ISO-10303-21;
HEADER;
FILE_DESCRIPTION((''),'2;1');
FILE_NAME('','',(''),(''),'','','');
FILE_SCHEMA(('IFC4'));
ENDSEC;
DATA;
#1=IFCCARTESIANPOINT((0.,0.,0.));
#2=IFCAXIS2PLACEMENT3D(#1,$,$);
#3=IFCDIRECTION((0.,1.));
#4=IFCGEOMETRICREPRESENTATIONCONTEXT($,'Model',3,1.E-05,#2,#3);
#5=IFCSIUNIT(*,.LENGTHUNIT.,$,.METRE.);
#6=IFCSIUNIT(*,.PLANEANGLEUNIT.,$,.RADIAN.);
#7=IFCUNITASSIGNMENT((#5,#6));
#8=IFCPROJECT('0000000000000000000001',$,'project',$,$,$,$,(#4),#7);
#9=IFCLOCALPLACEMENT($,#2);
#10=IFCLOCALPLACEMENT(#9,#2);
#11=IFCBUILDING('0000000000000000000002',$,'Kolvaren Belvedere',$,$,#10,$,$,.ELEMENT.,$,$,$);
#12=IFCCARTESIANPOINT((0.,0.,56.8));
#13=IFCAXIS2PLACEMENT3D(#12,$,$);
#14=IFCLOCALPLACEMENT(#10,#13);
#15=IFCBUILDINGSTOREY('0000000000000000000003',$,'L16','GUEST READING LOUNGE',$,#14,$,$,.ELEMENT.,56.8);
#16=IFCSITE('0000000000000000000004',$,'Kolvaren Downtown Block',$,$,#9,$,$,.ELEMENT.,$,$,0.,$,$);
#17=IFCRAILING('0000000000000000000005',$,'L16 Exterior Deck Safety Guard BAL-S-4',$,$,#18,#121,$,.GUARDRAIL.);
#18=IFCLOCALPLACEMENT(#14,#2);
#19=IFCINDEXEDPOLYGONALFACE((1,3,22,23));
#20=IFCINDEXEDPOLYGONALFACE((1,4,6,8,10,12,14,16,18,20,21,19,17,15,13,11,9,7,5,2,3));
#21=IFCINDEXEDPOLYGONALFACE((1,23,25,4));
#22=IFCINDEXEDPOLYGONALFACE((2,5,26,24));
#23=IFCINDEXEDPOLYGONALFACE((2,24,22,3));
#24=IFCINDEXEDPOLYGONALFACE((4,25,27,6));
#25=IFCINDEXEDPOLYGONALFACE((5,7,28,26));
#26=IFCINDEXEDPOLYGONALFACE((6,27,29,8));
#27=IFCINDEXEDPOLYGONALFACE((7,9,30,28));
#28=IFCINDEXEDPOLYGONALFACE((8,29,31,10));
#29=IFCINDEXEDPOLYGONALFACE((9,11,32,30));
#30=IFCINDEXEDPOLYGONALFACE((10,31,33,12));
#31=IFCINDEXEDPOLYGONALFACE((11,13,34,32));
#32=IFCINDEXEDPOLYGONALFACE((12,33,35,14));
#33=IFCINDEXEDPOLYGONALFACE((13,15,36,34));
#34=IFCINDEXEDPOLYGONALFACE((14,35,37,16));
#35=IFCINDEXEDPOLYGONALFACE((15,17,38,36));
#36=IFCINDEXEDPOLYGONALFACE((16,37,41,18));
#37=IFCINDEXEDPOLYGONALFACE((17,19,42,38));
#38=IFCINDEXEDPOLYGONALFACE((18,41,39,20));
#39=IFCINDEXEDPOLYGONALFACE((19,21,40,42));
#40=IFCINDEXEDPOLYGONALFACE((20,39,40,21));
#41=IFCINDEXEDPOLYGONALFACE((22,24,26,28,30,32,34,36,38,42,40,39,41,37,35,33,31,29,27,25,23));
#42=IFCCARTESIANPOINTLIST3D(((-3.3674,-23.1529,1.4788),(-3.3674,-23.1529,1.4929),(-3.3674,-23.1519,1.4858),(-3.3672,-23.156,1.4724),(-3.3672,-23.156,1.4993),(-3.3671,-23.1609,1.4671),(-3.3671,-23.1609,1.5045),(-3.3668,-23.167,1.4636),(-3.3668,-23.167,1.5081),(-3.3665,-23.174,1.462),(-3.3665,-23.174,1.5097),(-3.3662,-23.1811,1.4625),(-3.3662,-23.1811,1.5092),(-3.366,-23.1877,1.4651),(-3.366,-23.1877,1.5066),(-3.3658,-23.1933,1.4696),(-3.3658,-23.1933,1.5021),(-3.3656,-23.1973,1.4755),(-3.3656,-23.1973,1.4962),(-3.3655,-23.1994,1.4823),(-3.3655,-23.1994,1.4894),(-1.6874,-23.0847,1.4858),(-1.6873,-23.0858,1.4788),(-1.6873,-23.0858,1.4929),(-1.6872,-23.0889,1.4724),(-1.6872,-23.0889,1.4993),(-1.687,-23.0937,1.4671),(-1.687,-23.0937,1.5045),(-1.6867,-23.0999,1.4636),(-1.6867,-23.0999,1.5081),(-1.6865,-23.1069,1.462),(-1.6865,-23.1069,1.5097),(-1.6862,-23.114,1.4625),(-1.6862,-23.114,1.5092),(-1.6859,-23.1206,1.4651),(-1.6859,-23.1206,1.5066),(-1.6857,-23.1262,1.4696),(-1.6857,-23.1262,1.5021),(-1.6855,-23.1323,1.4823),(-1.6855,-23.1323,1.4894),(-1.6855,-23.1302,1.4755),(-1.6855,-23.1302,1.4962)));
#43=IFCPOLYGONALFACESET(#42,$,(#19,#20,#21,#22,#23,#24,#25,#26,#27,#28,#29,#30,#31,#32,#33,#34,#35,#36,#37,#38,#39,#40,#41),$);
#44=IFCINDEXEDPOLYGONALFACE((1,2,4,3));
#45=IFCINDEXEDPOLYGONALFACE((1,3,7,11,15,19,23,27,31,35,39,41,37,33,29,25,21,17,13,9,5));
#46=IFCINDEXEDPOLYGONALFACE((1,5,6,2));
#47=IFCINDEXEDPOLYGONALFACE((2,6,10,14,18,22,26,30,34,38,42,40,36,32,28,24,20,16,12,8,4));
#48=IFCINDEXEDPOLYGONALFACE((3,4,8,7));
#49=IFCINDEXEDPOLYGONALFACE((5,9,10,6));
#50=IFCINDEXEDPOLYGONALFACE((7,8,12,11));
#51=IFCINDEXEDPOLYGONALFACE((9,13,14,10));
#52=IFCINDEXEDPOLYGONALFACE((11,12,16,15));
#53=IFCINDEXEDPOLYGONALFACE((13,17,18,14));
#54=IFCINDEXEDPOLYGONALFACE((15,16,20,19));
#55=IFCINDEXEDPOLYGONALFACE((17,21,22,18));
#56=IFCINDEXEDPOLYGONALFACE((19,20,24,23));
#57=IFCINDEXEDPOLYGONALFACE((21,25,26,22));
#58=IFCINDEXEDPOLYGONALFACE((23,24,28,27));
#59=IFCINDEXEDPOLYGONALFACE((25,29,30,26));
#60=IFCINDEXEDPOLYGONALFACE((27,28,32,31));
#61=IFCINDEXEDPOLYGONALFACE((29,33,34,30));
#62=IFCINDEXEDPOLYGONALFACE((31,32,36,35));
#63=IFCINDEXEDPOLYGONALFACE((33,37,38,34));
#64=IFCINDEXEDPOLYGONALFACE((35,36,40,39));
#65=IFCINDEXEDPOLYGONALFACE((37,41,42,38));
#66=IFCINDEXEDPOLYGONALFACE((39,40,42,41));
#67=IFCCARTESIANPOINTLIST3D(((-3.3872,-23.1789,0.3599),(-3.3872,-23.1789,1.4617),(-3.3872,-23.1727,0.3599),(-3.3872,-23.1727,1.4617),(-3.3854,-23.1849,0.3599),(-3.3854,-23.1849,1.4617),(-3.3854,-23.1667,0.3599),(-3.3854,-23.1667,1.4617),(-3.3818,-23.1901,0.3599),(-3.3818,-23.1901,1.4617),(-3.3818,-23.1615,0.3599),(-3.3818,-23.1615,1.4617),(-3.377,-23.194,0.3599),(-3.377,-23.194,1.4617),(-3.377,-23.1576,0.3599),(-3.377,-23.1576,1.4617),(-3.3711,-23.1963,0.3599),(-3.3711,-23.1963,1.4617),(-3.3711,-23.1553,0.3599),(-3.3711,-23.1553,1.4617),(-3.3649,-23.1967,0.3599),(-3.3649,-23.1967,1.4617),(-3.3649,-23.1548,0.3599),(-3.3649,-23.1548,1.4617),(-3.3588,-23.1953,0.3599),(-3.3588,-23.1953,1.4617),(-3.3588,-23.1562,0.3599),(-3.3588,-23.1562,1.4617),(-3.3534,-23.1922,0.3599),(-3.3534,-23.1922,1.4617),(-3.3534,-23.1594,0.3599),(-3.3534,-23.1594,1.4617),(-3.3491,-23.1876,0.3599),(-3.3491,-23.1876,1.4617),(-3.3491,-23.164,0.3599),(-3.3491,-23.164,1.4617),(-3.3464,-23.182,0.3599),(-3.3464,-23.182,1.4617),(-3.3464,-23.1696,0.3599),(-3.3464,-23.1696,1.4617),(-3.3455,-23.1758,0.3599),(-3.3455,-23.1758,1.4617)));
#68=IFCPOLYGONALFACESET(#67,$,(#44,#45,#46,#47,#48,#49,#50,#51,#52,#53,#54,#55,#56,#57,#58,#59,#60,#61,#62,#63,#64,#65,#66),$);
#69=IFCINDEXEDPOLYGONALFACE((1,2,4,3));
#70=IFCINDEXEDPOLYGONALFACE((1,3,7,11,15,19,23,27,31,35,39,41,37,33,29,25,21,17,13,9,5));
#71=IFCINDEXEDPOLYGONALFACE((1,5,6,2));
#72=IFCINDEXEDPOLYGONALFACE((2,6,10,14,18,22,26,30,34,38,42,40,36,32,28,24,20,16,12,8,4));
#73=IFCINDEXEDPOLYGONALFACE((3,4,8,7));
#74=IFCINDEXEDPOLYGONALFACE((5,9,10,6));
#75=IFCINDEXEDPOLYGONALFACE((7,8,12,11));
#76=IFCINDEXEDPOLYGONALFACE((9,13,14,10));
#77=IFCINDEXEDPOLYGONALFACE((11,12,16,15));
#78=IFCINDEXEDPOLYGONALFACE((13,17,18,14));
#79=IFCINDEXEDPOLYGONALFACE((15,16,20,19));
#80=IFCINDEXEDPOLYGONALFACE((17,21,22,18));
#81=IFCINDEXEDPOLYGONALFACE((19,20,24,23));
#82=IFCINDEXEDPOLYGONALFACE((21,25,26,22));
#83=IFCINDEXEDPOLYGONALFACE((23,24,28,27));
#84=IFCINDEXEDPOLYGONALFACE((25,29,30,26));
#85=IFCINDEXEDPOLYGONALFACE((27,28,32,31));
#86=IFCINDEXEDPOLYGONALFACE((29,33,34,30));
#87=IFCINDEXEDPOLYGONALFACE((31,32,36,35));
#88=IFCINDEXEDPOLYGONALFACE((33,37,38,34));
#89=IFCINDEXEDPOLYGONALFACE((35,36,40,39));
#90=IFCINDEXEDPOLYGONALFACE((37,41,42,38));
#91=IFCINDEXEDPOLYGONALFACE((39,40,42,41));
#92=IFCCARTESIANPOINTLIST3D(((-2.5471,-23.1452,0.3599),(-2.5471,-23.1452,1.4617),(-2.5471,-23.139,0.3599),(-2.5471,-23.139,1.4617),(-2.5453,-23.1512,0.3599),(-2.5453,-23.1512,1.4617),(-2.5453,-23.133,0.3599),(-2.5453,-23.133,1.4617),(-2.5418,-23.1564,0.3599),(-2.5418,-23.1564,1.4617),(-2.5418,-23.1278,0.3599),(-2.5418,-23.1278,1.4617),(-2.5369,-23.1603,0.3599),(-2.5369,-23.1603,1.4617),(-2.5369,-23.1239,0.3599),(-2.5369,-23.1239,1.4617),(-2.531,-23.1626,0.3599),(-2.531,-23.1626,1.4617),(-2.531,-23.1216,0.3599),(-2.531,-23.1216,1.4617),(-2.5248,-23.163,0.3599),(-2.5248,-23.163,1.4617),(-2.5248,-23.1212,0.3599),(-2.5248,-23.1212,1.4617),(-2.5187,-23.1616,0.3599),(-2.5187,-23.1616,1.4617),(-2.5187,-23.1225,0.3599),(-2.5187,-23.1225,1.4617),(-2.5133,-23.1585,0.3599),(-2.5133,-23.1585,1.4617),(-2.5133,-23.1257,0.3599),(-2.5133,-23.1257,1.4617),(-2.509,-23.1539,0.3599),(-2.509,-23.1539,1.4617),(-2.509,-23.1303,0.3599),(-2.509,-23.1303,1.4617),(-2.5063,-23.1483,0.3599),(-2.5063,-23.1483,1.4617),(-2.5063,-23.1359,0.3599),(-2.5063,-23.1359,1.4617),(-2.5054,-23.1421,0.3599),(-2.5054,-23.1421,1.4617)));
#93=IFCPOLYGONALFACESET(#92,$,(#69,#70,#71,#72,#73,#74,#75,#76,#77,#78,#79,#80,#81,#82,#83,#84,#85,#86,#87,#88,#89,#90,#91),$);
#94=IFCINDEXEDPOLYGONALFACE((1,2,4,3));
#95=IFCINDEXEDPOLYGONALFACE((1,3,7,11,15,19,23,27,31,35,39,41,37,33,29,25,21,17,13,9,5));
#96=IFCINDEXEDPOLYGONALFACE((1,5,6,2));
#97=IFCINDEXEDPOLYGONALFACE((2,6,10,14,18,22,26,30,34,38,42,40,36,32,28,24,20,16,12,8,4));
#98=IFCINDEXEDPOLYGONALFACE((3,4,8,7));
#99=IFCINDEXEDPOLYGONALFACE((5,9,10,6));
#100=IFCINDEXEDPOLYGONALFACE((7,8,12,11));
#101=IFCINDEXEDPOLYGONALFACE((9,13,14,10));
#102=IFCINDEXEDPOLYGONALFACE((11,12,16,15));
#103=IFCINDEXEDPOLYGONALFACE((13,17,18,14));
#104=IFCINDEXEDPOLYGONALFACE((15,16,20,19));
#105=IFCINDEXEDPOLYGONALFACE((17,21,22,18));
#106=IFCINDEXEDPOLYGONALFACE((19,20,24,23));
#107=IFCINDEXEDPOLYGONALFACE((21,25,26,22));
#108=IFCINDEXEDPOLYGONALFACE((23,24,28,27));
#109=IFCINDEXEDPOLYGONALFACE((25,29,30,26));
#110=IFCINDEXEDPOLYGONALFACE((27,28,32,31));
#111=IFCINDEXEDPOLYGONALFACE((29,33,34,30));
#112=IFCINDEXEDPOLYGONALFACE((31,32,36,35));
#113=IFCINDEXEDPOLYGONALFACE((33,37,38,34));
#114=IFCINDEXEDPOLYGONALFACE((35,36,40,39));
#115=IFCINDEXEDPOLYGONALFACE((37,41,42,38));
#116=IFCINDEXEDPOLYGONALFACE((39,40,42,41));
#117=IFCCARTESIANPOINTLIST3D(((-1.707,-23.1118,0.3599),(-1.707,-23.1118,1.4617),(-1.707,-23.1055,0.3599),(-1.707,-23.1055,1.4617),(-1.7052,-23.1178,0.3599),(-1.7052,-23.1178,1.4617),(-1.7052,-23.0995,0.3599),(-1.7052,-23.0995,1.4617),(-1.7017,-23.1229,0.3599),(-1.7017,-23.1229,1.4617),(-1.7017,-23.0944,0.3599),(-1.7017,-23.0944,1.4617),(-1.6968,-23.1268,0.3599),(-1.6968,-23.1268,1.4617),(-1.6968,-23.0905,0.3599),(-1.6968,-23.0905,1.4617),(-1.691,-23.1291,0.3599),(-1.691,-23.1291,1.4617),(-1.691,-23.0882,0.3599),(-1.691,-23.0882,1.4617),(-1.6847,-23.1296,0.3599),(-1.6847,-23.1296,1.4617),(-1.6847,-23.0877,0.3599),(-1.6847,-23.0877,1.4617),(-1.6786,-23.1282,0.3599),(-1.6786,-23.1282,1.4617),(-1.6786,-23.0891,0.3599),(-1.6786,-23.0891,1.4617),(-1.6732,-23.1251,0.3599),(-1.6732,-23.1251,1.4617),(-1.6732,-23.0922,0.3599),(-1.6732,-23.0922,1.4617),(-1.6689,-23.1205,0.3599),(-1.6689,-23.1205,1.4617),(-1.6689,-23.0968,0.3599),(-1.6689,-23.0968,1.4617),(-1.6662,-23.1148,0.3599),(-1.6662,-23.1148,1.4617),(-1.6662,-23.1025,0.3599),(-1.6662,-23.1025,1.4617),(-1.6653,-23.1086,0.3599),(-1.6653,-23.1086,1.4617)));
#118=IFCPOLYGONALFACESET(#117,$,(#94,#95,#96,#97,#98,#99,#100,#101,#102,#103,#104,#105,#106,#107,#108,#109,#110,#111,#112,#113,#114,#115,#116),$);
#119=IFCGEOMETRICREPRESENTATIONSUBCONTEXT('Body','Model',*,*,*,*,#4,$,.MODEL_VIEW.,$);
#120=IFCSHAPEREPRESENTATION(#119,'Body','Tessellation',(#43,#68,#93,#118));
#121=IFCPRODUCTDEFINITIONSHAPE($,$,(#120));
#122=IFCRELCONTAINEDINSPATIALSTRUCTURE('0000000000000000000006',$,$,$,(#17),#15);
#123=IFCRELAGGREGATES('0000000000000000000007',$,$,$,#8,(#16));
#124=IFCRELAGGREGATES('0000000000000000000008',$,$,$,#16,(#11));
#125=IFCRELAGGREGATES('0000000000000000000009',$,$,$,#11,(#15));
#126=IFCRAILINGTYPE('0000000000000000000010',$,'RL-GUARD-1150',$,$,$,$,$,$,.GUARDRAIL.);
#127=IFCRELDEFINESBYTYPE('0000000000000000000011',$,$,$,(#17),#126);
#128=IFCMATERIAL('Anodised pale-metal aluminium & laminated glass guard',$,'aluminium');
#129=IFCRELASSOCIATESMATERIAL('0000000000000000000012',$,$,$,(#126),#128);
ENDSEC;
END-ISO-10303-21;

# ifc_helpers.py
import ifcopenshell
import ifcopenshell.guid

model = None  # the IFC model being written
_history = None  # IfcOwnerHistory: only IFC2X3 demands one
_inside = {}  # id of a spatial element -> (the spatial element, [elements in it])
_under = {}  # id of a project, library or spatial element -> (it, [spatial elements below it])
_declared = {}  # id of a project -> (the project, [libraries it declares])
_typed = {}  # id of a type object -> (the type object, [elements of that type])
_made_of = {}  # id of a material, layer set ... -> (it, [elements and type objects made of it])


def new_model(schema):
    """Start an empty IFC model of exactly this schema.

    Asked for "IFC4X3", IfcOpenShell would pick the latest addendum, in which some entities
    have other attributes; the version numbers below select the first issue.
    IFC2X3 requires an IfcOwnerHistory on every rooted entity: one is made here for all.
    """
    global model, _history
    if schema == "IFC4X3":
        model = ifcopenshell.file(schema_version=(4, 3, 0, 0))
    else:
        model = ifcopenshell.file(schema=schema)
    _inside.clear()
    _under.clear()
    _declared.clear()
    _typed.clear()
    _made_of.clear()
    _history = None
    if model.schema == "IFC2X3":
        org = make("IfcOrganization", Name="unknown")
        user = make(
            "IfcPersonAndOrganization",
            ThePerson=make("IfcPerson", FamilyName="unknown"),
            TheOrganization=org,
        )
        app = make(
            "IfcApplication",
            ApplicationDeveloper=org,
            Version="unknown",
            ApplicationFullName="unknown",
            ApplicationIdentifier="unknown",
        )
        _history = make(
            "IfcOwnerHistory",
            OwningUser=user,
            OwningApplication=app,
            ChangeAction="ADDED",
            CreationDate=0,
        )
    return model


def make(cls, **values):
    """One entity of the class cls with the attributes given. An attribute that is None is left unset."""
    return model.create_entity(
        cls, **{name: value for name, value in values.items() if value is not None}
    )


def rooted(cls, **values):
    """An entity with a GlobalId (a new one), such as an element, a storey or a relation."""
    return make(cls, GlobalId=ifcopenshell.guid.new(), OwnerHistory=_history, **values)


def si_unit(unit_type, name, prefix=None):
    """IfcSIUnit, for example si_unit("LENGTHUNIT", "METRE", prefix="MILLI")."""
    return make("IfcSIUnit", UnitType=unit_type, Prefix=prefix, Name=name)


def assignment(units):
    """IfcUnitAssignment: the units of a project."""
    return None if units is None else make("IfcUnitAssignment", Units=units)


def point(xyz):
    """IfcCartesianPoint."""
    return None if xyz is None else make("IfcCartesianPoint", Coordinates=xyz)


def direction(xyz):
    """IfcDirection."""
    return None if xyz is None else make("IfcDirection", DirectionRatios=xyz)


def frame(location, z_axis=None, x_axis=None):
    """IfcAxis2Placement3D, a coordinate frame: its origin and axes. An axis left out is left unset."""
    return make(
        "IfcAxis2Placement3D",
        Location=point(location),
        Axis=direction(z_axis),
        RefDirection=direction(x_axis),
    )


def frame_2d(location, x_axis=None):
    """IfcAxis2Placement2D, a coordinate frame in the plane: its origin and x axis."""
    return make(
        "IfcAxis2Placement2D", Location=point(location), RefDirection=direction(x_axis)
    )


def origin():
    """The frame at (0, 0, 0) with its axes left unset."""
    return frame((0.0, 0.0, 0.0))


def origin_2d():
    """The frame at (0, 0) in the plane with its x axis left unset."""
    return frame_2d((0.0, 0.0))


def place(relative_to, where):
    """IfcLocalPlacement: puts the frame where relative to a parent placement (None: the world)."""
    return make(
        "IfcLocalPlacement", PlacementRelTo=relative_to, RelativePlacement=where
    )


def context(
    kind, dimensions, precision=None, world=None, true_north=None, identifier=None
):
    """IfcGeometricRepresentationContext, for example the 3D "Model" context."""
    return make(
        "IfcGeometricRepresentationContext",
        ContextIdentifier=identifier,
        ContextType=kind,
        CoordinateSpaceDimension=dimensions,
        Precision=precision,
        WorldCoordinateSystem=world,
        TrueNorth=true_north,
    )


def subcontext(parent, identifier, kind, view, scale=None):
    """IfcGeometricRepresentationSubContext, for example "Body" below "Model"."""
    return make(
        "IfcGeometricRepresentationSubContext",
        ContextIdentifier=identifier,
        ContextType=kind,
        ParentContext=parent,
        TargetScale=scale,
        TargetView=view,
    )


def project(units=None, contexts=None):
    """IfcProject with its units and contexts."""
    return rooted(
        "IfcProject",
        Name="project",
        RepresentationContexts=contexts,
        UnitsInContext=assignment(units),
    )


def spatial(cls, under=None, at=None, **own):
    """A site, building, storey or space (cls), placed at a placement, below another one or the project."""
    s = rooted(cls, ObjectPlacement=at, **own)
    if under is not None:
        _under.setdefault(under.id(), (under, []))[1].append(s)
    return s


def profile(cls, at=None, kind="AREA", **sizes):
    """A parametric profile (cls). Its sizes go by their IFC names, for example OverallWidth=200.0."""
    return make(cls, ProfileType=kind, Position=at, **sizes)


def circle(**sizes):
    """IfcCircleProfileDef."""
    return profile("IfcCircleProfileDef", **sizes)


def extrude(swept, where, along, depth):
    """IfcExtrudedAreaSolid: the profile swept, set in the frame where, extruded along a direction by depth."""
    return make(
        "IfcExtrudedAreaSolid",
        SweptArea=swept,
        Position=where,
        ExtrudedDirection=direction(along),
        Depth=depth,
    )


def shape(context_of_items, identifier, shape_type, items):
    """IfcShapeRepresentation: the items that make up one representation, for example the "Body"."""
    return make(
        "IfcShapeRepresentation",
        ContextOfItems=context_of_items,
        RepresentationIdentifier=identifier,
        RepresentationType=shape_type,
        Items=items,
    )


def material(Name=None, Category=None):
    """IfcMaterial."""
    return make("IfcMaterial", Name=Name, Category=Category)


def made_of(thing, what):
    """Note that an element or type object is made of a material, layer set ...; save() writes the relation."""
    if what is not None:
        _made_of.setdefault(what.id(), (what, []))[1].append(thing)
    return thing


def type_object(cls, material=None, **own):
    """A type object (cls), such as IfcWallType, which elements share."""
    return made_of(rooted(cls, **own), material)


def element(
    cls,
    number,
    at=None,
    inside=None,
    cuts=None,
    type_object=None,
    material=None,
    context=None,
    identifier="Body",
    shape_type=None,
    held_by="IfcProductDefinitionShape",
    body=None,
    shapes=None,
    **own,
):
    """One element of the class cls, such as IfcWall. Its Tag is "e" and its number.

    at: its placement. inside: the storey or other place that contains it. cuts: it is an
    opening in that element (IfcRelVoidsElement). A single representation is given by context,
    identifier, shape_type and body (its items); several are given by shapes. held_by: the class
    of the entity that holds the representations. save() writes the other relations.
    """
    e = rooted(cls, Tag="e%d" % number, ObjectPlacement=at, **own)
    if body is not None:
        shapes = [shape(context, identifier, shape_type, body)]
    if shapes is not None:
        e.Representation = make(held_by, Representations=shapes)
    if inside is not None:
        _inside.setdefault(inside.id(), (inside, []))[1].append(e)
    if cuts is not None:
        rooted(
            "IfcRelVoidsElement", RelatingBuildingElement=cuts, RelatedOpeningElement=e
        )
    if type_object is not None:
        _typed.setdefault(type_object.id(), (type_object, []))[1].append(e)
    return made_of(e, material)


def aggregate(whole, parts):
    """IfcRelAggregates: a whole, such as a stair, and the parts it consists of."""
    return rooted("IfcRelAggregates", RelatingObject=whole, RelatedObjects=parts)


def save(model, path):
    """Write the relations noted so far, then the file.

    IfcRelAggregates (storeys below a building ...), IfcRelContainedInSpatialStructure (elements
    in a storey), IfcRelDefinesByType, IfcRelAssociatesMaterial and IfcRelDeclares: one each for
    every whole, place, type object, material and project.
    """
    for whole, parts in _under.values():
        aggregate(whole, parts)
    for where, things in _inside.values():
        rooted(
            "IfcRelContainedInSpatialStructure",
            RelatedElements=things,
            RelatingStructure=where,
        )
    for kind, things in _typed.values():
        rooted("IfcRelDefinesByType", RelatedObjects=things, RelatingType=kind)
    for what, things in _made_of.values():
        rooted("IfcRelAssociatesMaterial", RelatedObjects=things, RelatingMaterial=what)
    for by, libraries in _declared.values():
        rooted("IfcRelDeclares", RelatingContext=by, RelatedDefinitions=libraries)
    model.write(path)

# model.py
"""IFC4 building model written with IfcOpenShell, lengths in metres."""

from ifc_helpers import new_model, si_unit, direction, frame, origin, origin_2d, place, context, subcontext, project, spatial, circle, extrude, material, type_object, element, save


model = new_model("IFC4")

# Units and contexts
model_context = context("Model", 3, precision=1e-05, world=origin(), true_north=direction((0.0, 1.0)))
body_context = subcontext(model_context, "Body", "Model", "MODEL_VIEW")
ifc_project = project(units=[si_unit("LENGTHUNIT", "METRE"), si_unit("PLANEANGLEUNIT", "RADIAN")], contexts=[model_context])

# Site, building, storey
site_placement = place(None, origin())
site = spatial("IfcSite", under=ifc_project, at=site_placement, Name="Kolvaren Downtown Block", CompositionType="ELEMENT", RefElevation=0.0)
building_placement = place(site_placement, origin())
building = spatial("IfcBuilding", under=site, at=building_placement, Name="Kolvaren Belvedere", CompositionType="ELEMENT")
storey_placement = place(building_placement, frame((0.0, 0.0, 56.8)))
storey = spatial("IfcBuildingStorey", under=building, at=storey_placement, Name="L16", Description="GUEST READING LOUNGE", CompositionType="ELEMENT", Elevation=56.8)

# Railing
ifc_material_1 = material(Name="Anodised pale-metal aluminium & laminated glass guard", Category="aluminium")
railing_type = type_object("IfcRailingType", Name="RL-GUARD-1150", PredefinedType="GUARDRAIL", material=ifc_material_1)
railing_1_placement = place(storey_placement, frame((-3.3665, -23.1758, 0.3599)))
element("IfcRailing", 1, at=railing_1_placement, inside=storey, type_object=railing_type, Name="L16 Exterior Deck Safety Guard BAL-S-4", PredefinedType="GUARDRAIL", context=body_context, shape_type="SweptSolid", body=[
    extrude(circle(Radius=0.0239, at=origin_2d()), frame((0.0, 0.0, 1.126), z_axis=(0.999203, 0.039927, 0.0), x_axis=(-0.039927, 0.999203, 0.0)), (0.0, 0.0, 1.0), 1.6814),
    extrude(circle(Radius=0.021, at=origin_2d()), origin(), (0.0, 0.0, 1.0), 1.1018),
    extrude(circle(Radius=0.021, at=origin_2d()), frame((0.8401, 0.0337, 0.0)), (0.0, 0.0, 1.0), 1.1018),
    extrude(circle(Radius=0.021, at=origin_2d()), frame((1.6802, 0.0671, 0.0)), (0.0, 0.0, 1.0), 1.1018),
])

save(model, "model.ifc")
